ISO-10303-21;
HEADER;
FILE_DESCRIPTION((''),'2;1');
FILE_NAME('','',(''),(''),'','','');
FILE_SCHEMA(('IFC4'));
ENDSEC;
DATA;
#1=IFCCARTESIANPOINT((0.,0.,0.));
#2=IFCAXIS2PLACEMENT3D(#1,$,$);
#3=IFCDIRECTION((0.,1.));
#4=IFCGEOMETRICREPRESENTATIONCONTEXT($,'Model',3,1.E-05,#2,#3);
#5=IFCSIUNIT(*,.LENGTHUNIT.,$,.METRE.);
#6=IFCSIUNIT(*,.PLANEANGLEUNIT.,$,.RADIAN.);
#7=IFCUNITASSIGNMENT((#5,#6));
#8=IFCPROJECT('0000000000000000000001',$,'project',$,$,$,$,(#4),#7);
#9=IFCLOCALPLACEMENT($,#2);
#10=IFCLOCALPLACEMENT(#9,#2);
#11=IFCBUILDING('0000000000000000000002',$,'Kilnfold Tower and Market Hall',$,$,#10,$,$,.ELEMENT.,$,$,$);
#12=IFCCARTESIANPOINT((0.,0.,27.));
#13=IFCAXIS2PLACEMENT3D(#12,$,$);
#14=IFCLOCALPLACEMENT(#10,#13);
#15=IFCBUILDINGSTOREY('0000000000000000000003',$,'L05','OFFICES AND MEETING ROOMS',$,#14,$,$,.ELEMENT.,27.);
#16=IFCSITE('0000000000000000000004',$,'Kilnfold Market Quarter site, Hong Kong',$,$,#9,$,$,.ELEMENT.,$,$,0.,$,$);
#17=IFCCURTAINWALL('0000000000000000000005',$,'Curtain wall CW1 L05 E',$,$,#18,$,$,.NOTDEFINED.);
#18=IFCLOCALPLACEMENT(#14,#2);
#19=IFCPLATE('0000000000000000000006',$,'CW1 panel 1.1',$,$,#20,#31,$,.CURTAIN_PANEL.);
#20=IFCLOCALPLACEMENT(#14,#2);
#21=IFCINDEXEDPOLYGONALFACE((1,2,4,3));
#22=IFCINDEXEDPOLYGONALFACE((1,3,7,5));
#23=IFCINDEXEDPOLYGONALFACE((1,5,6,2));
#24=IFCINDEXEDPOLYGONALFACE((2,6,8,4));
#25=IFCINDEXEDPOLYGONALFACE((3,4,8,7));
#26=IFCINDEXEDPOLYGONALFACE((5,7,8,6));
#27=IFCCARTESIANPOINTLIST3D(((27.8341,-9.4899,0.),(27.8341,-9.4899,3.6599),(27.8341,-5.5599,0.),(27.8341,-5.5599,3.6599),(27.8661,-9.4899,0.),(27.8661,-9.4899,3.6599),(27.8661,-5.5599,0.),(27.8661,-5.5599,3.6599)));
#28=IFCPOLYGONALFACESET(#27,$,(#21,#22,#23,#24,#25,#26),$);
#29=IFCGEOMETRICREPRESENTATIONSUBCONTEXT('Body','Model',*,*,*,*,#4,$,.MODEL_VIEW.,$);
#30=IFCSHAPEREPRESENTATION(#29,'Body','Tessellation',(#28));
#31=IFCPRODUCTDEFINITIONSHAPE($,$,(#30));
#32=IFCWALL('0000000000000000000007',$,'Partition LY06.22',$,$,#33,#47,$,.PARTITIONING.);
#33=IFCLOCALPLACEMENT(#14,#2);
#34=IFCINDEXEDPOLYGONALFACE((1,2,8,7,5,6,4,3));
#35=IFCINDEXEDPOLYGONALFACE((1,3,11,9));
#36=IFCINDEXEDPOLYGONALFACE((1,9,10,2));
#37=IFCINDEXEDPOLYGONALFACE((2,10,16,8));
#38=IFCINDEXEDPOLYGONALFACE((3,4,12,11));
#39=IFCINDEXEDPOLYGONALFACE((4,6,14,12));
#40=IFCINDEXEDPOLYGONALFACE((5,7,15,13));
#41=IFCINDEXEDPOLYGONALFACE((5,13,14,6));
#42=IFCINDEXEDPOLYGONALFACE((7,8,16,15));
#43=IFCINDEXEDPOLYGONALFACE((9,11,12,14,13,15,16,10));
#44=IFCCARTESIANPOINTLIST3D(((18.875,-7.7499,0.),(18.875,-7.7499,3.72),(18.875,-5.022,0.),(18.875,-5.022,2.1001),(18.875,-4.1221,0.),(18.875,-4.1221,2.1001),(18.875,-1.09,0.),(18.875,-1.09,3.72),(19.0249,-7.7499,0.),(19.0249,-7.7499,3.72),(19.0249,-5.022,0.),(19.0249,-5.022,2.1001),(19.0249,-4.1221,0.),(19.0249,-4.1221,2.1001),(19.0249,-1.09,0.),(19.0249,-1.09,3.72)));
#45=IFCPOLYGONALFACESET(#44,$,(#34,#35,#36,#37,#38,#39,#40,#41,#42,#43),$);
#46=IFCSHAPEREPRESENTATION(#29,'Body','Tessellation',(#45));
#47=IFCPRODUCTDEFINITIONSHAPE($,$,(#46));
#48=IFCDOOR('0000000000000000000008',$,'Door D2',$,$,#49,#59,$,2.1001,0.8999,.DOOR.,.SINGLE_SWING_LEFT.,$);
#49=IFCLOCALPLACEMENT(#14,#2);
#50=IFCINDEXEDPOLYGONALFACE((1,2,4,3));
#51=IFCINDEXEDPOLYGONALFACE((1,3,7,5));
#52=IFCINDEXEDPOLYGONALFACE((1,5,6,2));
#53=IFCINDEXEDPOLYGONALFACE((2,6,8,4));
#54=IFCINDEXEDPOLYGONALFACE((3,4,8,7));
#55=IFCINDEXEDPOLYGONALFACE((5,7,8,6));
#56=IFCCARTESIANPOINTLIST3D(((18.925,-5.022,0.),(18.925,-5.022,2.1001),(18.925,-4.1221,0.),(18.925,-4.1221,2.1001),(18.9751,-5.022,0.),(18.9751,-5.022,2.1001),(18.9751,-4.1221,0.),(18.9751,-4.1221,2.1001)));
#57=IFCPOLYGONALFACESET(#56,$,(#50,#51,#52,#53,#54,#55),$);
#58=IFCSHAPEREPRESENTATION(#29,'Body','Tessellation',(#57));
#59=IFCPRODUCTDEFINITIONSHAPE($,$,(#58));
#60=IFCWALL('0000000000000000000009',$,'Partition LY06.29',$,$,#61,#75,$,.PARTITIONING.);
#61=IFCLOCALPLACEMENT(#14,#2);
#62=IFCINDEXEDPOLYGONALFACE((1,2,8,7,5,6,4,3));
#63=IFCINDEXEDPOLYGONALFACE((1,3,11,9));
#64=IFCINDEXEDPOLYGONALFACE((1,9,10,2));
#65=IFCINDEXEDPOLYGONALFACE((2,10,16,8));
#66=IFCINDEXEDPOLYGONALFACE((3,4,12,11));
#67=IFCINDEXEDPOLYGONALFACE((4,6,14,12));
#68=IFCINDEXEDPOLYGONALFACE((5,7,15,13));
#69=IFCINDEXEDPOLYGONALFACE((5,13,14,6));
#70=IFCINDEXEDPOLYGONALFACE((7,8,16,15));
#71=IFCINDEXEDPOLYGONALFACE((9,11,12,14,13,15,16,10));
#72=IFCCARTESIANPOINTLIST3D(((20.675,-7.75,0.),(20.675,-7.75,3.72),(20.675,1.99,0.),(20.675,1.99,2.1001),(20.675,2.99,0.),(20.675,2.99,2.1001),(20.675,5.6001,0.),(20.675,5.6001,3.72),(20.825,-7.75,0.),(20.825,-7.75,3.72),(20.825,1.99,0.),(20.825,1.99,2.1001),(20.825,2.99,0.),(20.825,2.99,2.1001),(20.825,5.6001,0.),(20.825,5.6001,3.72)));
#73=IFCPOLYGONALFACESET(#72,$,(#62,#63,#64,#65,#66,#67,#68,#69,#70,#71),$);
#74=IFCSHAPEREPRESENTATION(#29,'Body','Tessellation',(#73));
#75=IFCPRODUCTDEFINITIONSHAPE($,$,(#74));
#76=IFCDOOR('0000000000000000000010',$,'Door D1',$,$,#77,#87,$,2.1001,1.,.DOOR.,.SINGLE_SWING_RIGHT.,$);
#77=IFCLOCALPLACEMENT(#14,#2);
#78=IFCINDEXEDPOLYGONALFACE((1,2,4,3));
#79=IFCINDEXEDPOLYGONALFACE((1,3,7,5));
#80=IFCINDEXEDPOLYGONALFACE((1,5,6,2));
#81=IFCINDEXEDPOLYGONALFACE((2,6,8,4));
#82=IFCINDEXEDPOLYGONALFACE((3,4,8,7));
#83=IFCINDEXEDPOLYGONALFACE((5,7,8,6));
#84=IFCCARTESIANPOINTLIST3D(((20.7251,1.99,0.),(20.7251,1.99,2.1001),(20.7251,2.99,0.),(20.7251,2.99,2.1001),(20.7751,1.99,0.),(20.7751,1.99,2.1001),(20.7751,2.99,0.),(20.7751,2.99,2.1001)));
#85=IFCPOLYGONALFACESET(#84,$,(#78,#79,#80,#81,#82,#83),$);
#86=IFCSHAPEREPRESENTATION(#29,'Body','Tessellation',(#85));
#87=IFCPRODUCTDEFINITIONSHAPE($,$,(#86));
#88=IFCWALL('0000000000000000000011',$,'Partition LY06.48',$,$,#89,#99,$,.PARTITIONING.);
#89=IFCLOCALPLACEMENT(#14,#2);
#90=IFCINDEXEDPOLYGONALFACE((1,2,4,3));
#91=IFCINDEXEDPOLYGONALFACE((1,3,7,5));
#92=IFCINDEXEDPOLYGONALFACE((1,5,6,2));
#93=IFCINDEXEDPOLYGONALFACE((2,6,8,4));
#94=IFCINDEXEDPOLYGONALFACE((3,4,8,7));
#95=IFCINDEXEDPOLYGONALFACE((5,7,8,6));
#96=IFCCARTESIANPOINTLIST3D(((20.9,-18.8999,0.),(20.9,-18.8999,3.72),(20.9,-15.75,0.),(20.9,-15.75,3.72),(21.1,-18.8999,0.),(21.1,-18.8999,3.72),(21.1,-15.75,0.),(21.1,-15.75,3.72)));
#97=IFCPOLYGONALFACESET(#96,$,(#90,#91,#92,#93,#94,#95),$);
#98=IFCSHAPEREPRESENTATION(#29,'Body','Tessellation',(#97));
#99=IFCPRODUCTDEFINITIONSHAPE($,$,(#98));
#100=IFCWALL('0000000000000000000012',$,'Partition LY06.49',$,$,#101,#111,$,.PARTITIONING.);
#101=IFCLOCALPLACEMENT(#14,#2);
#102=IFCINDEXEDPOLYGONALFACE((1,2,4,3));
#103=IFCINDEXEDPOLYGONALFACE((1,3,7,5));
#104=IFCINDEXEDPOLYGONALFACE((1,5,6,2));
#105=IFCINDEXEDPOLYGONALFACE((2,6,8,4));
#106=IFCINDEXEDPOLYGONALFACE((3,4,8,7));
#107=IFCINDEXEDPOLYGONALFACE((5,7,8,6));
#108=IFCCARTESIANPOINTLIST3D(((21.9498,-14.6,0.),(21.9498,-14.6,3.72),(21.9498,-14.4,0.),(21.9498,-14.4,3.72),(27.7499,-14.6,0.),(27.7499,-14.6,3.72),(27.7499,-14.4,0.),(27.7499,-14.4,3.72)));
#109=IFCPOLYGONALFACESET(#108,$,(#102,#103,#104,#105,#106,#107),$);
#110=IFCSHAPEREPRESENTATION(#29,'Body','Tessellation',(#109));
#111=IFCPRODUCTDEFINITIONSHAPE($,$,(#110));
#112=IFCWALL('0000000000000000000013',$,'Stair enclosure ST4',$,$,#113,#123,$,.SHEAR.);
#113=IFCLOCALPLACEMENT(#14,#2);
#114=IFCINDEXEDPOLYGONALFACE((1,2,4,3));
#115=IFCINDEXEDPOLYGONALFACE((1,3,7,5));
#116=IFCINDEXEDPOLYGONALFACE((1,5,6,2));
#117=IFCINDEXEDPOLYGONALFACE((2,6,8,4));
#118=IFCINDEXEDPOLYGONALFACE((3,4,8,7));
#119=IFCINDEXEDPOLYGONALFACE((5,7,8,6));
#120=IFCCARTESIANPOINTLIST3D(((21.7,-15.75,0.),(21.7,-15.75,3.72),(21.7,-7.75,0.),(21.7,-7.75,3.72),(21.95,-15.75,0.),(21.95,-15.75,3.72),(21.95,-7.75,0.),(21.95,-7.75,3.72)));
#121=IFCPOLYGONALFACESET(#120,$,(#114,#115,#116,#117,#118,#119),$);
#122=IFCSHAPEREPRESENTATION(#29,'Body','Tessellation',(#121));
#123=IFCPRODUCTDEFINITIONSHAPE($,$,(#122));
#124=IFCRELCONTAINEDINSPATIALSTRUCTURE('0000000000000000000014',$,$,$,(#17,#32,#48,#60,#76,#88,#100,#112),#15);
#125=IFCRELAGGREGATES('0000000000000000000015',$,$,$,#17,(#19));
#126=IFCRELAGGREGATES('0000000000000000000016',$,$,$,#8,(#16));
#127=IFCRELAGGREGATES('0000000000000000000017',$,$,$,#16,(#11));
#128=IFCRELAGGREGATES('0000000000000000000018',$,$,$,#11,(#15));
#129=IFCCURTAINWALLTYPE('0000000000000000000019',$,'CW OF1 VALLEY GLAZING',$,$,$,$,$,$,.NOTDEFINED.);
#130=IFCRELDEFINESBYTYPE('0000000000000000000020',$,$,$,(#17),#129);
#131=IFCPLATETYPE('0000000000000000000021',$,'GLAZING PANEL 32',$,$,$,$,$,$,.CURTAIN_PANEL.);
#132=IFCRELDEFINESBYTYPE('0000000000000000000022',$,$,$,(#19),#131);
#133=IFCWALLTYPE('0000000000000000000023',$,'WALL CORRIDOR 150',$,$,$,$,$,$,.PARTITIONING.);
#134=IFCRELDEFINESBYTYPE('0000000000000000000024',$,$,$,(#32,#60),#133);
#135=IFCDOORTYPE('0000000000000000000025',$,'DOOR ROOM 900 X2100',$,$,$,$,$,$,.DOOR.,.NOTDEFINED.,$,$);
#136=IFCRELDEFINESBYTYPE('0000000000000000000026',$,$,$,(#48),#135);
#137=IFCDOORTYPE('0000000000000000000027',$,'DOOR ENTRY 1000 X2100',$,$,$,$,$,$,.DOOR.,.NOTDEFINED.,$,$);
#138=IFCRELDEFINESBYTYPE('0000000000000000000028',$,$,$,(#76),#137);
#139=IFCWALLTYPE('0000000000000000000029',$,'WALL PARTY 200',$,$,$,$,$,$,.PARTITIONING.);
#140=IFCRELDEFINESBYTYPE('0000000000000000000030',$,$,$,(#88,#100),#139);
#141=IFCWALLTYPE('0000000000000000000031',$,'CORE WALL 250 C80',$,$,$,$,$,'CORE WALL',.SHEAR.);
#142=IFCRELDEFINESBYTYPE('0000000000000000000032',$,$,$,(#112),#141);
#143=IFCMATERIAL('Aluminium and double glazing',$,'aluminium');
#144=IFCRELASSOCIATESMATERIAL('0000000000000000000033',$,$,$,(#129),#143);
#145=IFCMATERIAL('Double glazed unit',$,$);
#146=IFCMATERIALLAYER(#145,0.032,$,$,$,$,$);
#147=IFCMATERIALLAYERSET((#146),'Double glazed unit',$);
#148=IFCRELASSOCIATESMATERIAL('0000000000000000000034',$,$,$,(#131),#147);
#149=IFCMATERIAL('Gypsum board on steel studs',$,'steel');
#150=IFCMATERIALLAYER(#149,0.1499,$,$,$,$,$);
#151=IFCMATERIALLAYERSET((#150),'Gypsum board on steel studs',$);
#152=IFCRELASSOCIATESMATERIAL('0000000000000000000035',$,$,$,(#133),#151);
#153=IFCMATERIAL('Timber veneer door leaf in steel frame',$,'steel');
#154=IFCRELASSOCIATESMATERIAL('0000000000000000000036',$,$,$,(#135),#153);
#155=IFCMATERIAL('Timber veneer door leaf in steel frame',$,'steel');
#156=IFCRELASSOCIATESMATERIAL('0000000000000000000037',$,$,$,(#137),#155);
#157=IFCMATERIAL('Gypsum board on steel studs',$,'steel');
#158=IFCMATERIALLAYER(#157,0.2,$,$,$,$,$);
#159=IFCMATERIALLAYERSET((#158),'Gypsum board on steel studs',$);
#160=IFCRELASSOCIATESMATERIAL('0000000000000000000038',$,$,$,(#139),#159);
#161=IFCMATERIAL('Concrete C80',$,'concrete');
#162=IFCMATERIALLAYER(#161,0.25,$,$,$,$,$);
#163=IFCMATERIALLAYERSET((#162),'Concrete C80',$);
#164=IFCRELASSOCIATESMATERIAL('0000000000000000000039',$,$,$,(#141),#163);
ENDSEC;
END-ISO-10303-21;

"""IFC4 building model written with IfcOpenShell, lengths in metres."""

from ifc_helpers import new_model, si_unit, direction, frame, frame_2d, origin, origin_2d, place, context, subcontext, project, spatial, rectangle, extrude, source, transform, mapped, material, layer, layer_set, type_object, element, fill, aggregate, save


model = new_model("IFC4")

# Units and contexts
model_context = context("Model", 3, precision=1e-05, world=origin(), true_north=direction((0.0, 1.0)))
body_context = subcontext(model_context, "Body", "Model", "MODEL_VIEW")
ifc_project = project(units=[si_unit("LENGTHUNIT", "METRE"), si_unit("PLANEANGLEUNIT", "RADIAN")], contexts=[model_context])

# Site, building, storey
site_placement = place(None, origin())
site = spatial("IfcSite", under=ifc_project, at=site_placement, Name="Kilnfold Market Quarter site, Hong Kong", CompositionType="ELEMENT", RefElevation=0.0)
building_placement = place(site_placement, origin())
building = spatial("IfcBuilding", under=site, at=building_placement, Name="Kilnfold Tower and Market Hall", CompositionType="ELEMENT")
storey_placement = place(building_placement, frame((0.0, 0.0, 27.0)))
storey = spatial("IfcBuildingStorey", under=building, at=storey_placement, Name="L05", Description="OFFICES AND MEETING ROOMS", CompositionType="ELEMENT", Elevation=27.0)

# Shared definitions
ifc_material_1 = material(Name="Aluminium and double glazing", Category="aluminium")
curtain_wall_type = type_object("IfcCurtainWallType", Name="CW OF1 VALLEY GLAZING", PredefinedType="NOTDEFINED", material=ifc_material_1)

# Curtain wall
curtain_wall_1_placement = place(storey_placement, origin())
curtain_wall_1 = element("IfcCurtainWall", 1, at=curtain_wall_1_placement, inside=storey, type_object=curtain_wall_type, Name="Curtain wall CW1 L05 E", PredefinedType="NOTDEFINED")

# Plate
ifc_material_2 = material(Name="Double glazed unit")
ifc_layer_1 = layer(ifc_material_2, 0.032)
ifc_layer_set_1 = layer_set([ifc_layer_1], Name="Double glazed unit")
plate_type = type_object("IfcPlateType", Name="GLAZING PANEL 32", PredefinedType="CURTAIN_PANEL", material=ifc_layer_set_1)
shared_shape_1 = source(origin(), body_context, "Body", "SweptSolid", [
    extrude(rectangle(XDim=3.9299, YDim=0.032, at=origin_2d()), origin(), (0.0, 0.0, 1.0), 3.6599),
])
plate_1_placement = place(storey_placement, frame((27.8501, -7.5249, 0.0), z_axis=(0.0, 0.0, 1.0), x_axis=(0.0, 1.0, 0.0)))
plate_1 = element("IfcPlate", 2, at=plate_1_placement, type_object=plate_type, Name="CW1 panel 1.1", PredefinedType="CURTAIN_PANEL", context=body_context, shape_type="MappedRepresentation", body=[
    mapped(shared_shape_1, transform((0.0, 0.0, 0.0))),
])
aggregate(curtain_wall_1, [plate_1])

# Walls, openings, doors
ifc_material_3 = material(Name="Gypsum board on steel studs", Category="steel")
ifc_layer_2 = layer(ifc_material_3, 0.1499)
ifc_layer_set_2 = layer_set([ifc_layer_2], Name="Gypsum board on steel studs")
wall_type_1 = type_object("IfcWallType", Name="WALL CORRIDOR 150", PredefinedType="PARTITIONING", material=ifc_layer_set_2)
wall_1_placement = place(storey_placement, frame((18.95, -7.75, 0.0), z_axis=(0.0, 0.0, 1.0), x_axis=(0.0, 1.0, 0.0)))
wall_1 = element("IfcWall", 3, at=wall_1_placement, inside=storey, type_object=wall_type_1, Name="Partition LY06.22", PredefinedType="PARTITIONING", context=body_context, shape_type="SweptSolid", body=[
    extrude(rectangle(XDim=6.6599, YDim=0.1499, at=frame_2d((3.3301, 0.0))), origin(), (0.0, 0.0, 1.0), 3.72),
])
opening_1_placement = place(wall_1_placement, frame((2.728, 0.0, 0.0)))
opening_1 = element("IfcOpeningElement", 4, at=opening_1_placement, cuts=wall_1, PredefinedType="OPENING", context=body_context, shape_type="SweptSolid", body=[
    extrude(rectangle(XDim=0.8999, YDim=2.1001, at=frame_2d((0.45, 1.05))), frame((0.0, 0.085, 0.0), z_axis=(0.0, -1.0, 0.0), x_axis=(1.0, 0.0, 0.0)), (0.0, 0.0, 1.0), 0.1699),
])
ifc_material_4 = material(Name="Timber veneer door leaf in steel frame", Category="steel")
door_type_1 = type_object("IfcDoorType", Name="DOOR ROOM 900 X2100", OperationType="NOTDEFINED", PredefinedType="DOOR", material=ifc_material_4)
door_1_placement = place(opening_1_placement, origin())
door_1 = element("IfcDoor", 5, at=door_1_placement, inside=storey, type_object=door_type_1, Name="Door D2", OperationType="SINGLE_SWING_LEFT", OverallHeight=2.1001, OverallWidth=0.8999, PredefinedType="DOOR", context=body_context, shape_type="SweptSolid", body=[
    extrude(rectangle(XDim=0.8999, YDim=2.1001, at=frame_2d((0.45, 1.05))), frame((0.0, 0.0249, 0.0), z_axis=(0.0, -1.0, 0.0), x_axis=(1.0, 0.0, 0.0)), (0.0, 0.0, 1.0), 0.05),
])
fill(opening_1, door_1)
wall_2_placement = place(storey_placement, frame((20.75, -7.75, 0.0), z_axis=(0.0, 0.0, 1.0), x_axis=(0.0, 1.0, 0.0)))
wall_2 = element("IfcWall", 6, at=wall_2_placement, inside=storey, type_object=wall_type_1, Name="Partition LY06.29", PredefinedType="PARTITIONING", context=body_context, shape_type="SweptSolid", body=[
    extrude(rectangle(XDim=13.3501, YDim=0.1499, at=frame_2d((6.675, 0.0))), origin(), (0.0, 0.0, 1.0), 3.72),
])
opening_2_placement = place(wall_2_placement, frame((9.74, 0.0, 0.0)))
opening_2 = element("IfcOpeningElement", 7, at=opening_2_placement, cuts=wall_2, PredefinedType="OPENING", context=body_context, shape_type="SweptSolid", body=[
    extrude(rectangle(XDim=1.0, YDim=2.1001, at=frame_2d((0.5, 1.05))), frame((0.0, 0.085, 0.0), z_axis=(0.0, -1.0, 0.0), x_axis=(1.0, 0.0, 0.0)), (0.0, 0.0, 1.0), 0.1699),
])
ifc_material_5 = material(Name="Timber veneer door leaf in steel frame", Category="steel")
door_type_2 = type_object("IfcDoorType", Name="DOOR ENTRY 1000 X2100", OperationType="NOTDEFINED", PredefinedType="DOOR", material=ifc_material_5)
door_2_placement = place(opening_2_placement, origin())
door_2 = element("IfcDoor", 8, at=door_2_placement, inside=storey, type_object=door_type_2, Name="Door D1", OperationType="SINGLE_SWING_RIGHT", OverallHeight=2.1001, OverallWidth=1.0, PredefinedType="DOOR", context=body_context, shape_type="SweptSolid", body=[
    extrude(rectangle(XDim=1.0, YDim=2.1001, at=frame_2d((0.5, 1.05))), frame((0.0, 0.0249, 0.0), z_axis=(0.0, -1.0, 0.0), x_axis=(1.0, 0.0, 0.0)), (0.0, 0.0, 1.0), 0.05),
])
fill(opening_2, door_2)

# Walls
ifc_material_6 = material(Name="Gypsum board on steel studs", Category="steel")
ifc_layer_3 = layer(ifc_material_6, 0.2)
ifc_layer_set_3 = layer_set([ifc_layer_3], Name="Gypsum board on steel studs")
wall_type_2 = type_object("IfcWallType", Name="WALL PARTY 200", PredefinedType="PARTITIONING", material=ifc_layer_set_3)
wall_3_placement = place(storey_placement, frame((21.0, -15.75, 0.0), z_axis=(0.0, 0.0, 1.0), x_axis=(0.0, -1.0, 0.0)))
element("IfcWall", 9, at=wall_3_placement, inside=storey, type_object=wall_type_2, Name="Partition LY06.48", PredefinedType="PARTITIONING", context=body_context, shape_type="SweptSolid", body=[
    extrude(rectangle(XDim=3.1499, YDim=0.2, at=frame_2d((1.575, 0.0))), origin(), (0.0, 0.0, 1.0), 3.72),
])
wall_4_placement = place(storey_placement, frame((21.95, -14.5, 0.0), z_axis=(0.0, 0.0, 1.0), x_axis=(1.0, 0.0, 0.0)))
element("IfcWall", 10, at=wall_4_placement, inside=storey, type_object=wall_type_2, Name="Partition LY06.49", PredefinedType="PARTITIONING", context=body_context, shape_type="SweptSolid", body=[
    extrude(rectangle(XDim=5.8, YDim=0.2, at=frame_2d((2.8999, 0.0))), origin(), (0.0, 0.0, 1.0), 3.72),
])
ifc_material_7 = material(Name="Concrete C80", Category="concrete")
ifc_layer_4 = layer(ifc_material_7, 0.25)
ifc_layer_set_4 = layer_set([ifc_layer_4], Name="Concrete C80")
wall_type_3 = type_object("IfcWallType", Name="CORE WALL 250 C80", ElementType="CORE WALL", PredefinedType="SHEAR", material=ifc_layer_set_4)
shared_shape_2 = source(origin(), body_context, "Body", "SweptSolid", [
    extrude(rectangle(XDim=8.0, YDim=0.25, at=frame_2d((4.0, 0.0))), origin(), (0.0, 0.0, 1.0), 3.72),
])
wall_5_placement = place(storey_placement, frame((21.825, -15.75, 0.0), z_axis=(0.0, 0.0, 1.0), x_axis=(0.0, 1.0, 0.0)))
element("IfcWall", 11, at=wall_5_placement, inside=storey, type_object=wall_type_3, Name="Stair enclosure ST4", PredefinedType="SHEAR", context=body_context, shape_type="MappedRepresentation", body=[
    mapped(shared_shape_2, transform((0.0, 0.0, 0.0))),
])

save(model, "model.ifc")
